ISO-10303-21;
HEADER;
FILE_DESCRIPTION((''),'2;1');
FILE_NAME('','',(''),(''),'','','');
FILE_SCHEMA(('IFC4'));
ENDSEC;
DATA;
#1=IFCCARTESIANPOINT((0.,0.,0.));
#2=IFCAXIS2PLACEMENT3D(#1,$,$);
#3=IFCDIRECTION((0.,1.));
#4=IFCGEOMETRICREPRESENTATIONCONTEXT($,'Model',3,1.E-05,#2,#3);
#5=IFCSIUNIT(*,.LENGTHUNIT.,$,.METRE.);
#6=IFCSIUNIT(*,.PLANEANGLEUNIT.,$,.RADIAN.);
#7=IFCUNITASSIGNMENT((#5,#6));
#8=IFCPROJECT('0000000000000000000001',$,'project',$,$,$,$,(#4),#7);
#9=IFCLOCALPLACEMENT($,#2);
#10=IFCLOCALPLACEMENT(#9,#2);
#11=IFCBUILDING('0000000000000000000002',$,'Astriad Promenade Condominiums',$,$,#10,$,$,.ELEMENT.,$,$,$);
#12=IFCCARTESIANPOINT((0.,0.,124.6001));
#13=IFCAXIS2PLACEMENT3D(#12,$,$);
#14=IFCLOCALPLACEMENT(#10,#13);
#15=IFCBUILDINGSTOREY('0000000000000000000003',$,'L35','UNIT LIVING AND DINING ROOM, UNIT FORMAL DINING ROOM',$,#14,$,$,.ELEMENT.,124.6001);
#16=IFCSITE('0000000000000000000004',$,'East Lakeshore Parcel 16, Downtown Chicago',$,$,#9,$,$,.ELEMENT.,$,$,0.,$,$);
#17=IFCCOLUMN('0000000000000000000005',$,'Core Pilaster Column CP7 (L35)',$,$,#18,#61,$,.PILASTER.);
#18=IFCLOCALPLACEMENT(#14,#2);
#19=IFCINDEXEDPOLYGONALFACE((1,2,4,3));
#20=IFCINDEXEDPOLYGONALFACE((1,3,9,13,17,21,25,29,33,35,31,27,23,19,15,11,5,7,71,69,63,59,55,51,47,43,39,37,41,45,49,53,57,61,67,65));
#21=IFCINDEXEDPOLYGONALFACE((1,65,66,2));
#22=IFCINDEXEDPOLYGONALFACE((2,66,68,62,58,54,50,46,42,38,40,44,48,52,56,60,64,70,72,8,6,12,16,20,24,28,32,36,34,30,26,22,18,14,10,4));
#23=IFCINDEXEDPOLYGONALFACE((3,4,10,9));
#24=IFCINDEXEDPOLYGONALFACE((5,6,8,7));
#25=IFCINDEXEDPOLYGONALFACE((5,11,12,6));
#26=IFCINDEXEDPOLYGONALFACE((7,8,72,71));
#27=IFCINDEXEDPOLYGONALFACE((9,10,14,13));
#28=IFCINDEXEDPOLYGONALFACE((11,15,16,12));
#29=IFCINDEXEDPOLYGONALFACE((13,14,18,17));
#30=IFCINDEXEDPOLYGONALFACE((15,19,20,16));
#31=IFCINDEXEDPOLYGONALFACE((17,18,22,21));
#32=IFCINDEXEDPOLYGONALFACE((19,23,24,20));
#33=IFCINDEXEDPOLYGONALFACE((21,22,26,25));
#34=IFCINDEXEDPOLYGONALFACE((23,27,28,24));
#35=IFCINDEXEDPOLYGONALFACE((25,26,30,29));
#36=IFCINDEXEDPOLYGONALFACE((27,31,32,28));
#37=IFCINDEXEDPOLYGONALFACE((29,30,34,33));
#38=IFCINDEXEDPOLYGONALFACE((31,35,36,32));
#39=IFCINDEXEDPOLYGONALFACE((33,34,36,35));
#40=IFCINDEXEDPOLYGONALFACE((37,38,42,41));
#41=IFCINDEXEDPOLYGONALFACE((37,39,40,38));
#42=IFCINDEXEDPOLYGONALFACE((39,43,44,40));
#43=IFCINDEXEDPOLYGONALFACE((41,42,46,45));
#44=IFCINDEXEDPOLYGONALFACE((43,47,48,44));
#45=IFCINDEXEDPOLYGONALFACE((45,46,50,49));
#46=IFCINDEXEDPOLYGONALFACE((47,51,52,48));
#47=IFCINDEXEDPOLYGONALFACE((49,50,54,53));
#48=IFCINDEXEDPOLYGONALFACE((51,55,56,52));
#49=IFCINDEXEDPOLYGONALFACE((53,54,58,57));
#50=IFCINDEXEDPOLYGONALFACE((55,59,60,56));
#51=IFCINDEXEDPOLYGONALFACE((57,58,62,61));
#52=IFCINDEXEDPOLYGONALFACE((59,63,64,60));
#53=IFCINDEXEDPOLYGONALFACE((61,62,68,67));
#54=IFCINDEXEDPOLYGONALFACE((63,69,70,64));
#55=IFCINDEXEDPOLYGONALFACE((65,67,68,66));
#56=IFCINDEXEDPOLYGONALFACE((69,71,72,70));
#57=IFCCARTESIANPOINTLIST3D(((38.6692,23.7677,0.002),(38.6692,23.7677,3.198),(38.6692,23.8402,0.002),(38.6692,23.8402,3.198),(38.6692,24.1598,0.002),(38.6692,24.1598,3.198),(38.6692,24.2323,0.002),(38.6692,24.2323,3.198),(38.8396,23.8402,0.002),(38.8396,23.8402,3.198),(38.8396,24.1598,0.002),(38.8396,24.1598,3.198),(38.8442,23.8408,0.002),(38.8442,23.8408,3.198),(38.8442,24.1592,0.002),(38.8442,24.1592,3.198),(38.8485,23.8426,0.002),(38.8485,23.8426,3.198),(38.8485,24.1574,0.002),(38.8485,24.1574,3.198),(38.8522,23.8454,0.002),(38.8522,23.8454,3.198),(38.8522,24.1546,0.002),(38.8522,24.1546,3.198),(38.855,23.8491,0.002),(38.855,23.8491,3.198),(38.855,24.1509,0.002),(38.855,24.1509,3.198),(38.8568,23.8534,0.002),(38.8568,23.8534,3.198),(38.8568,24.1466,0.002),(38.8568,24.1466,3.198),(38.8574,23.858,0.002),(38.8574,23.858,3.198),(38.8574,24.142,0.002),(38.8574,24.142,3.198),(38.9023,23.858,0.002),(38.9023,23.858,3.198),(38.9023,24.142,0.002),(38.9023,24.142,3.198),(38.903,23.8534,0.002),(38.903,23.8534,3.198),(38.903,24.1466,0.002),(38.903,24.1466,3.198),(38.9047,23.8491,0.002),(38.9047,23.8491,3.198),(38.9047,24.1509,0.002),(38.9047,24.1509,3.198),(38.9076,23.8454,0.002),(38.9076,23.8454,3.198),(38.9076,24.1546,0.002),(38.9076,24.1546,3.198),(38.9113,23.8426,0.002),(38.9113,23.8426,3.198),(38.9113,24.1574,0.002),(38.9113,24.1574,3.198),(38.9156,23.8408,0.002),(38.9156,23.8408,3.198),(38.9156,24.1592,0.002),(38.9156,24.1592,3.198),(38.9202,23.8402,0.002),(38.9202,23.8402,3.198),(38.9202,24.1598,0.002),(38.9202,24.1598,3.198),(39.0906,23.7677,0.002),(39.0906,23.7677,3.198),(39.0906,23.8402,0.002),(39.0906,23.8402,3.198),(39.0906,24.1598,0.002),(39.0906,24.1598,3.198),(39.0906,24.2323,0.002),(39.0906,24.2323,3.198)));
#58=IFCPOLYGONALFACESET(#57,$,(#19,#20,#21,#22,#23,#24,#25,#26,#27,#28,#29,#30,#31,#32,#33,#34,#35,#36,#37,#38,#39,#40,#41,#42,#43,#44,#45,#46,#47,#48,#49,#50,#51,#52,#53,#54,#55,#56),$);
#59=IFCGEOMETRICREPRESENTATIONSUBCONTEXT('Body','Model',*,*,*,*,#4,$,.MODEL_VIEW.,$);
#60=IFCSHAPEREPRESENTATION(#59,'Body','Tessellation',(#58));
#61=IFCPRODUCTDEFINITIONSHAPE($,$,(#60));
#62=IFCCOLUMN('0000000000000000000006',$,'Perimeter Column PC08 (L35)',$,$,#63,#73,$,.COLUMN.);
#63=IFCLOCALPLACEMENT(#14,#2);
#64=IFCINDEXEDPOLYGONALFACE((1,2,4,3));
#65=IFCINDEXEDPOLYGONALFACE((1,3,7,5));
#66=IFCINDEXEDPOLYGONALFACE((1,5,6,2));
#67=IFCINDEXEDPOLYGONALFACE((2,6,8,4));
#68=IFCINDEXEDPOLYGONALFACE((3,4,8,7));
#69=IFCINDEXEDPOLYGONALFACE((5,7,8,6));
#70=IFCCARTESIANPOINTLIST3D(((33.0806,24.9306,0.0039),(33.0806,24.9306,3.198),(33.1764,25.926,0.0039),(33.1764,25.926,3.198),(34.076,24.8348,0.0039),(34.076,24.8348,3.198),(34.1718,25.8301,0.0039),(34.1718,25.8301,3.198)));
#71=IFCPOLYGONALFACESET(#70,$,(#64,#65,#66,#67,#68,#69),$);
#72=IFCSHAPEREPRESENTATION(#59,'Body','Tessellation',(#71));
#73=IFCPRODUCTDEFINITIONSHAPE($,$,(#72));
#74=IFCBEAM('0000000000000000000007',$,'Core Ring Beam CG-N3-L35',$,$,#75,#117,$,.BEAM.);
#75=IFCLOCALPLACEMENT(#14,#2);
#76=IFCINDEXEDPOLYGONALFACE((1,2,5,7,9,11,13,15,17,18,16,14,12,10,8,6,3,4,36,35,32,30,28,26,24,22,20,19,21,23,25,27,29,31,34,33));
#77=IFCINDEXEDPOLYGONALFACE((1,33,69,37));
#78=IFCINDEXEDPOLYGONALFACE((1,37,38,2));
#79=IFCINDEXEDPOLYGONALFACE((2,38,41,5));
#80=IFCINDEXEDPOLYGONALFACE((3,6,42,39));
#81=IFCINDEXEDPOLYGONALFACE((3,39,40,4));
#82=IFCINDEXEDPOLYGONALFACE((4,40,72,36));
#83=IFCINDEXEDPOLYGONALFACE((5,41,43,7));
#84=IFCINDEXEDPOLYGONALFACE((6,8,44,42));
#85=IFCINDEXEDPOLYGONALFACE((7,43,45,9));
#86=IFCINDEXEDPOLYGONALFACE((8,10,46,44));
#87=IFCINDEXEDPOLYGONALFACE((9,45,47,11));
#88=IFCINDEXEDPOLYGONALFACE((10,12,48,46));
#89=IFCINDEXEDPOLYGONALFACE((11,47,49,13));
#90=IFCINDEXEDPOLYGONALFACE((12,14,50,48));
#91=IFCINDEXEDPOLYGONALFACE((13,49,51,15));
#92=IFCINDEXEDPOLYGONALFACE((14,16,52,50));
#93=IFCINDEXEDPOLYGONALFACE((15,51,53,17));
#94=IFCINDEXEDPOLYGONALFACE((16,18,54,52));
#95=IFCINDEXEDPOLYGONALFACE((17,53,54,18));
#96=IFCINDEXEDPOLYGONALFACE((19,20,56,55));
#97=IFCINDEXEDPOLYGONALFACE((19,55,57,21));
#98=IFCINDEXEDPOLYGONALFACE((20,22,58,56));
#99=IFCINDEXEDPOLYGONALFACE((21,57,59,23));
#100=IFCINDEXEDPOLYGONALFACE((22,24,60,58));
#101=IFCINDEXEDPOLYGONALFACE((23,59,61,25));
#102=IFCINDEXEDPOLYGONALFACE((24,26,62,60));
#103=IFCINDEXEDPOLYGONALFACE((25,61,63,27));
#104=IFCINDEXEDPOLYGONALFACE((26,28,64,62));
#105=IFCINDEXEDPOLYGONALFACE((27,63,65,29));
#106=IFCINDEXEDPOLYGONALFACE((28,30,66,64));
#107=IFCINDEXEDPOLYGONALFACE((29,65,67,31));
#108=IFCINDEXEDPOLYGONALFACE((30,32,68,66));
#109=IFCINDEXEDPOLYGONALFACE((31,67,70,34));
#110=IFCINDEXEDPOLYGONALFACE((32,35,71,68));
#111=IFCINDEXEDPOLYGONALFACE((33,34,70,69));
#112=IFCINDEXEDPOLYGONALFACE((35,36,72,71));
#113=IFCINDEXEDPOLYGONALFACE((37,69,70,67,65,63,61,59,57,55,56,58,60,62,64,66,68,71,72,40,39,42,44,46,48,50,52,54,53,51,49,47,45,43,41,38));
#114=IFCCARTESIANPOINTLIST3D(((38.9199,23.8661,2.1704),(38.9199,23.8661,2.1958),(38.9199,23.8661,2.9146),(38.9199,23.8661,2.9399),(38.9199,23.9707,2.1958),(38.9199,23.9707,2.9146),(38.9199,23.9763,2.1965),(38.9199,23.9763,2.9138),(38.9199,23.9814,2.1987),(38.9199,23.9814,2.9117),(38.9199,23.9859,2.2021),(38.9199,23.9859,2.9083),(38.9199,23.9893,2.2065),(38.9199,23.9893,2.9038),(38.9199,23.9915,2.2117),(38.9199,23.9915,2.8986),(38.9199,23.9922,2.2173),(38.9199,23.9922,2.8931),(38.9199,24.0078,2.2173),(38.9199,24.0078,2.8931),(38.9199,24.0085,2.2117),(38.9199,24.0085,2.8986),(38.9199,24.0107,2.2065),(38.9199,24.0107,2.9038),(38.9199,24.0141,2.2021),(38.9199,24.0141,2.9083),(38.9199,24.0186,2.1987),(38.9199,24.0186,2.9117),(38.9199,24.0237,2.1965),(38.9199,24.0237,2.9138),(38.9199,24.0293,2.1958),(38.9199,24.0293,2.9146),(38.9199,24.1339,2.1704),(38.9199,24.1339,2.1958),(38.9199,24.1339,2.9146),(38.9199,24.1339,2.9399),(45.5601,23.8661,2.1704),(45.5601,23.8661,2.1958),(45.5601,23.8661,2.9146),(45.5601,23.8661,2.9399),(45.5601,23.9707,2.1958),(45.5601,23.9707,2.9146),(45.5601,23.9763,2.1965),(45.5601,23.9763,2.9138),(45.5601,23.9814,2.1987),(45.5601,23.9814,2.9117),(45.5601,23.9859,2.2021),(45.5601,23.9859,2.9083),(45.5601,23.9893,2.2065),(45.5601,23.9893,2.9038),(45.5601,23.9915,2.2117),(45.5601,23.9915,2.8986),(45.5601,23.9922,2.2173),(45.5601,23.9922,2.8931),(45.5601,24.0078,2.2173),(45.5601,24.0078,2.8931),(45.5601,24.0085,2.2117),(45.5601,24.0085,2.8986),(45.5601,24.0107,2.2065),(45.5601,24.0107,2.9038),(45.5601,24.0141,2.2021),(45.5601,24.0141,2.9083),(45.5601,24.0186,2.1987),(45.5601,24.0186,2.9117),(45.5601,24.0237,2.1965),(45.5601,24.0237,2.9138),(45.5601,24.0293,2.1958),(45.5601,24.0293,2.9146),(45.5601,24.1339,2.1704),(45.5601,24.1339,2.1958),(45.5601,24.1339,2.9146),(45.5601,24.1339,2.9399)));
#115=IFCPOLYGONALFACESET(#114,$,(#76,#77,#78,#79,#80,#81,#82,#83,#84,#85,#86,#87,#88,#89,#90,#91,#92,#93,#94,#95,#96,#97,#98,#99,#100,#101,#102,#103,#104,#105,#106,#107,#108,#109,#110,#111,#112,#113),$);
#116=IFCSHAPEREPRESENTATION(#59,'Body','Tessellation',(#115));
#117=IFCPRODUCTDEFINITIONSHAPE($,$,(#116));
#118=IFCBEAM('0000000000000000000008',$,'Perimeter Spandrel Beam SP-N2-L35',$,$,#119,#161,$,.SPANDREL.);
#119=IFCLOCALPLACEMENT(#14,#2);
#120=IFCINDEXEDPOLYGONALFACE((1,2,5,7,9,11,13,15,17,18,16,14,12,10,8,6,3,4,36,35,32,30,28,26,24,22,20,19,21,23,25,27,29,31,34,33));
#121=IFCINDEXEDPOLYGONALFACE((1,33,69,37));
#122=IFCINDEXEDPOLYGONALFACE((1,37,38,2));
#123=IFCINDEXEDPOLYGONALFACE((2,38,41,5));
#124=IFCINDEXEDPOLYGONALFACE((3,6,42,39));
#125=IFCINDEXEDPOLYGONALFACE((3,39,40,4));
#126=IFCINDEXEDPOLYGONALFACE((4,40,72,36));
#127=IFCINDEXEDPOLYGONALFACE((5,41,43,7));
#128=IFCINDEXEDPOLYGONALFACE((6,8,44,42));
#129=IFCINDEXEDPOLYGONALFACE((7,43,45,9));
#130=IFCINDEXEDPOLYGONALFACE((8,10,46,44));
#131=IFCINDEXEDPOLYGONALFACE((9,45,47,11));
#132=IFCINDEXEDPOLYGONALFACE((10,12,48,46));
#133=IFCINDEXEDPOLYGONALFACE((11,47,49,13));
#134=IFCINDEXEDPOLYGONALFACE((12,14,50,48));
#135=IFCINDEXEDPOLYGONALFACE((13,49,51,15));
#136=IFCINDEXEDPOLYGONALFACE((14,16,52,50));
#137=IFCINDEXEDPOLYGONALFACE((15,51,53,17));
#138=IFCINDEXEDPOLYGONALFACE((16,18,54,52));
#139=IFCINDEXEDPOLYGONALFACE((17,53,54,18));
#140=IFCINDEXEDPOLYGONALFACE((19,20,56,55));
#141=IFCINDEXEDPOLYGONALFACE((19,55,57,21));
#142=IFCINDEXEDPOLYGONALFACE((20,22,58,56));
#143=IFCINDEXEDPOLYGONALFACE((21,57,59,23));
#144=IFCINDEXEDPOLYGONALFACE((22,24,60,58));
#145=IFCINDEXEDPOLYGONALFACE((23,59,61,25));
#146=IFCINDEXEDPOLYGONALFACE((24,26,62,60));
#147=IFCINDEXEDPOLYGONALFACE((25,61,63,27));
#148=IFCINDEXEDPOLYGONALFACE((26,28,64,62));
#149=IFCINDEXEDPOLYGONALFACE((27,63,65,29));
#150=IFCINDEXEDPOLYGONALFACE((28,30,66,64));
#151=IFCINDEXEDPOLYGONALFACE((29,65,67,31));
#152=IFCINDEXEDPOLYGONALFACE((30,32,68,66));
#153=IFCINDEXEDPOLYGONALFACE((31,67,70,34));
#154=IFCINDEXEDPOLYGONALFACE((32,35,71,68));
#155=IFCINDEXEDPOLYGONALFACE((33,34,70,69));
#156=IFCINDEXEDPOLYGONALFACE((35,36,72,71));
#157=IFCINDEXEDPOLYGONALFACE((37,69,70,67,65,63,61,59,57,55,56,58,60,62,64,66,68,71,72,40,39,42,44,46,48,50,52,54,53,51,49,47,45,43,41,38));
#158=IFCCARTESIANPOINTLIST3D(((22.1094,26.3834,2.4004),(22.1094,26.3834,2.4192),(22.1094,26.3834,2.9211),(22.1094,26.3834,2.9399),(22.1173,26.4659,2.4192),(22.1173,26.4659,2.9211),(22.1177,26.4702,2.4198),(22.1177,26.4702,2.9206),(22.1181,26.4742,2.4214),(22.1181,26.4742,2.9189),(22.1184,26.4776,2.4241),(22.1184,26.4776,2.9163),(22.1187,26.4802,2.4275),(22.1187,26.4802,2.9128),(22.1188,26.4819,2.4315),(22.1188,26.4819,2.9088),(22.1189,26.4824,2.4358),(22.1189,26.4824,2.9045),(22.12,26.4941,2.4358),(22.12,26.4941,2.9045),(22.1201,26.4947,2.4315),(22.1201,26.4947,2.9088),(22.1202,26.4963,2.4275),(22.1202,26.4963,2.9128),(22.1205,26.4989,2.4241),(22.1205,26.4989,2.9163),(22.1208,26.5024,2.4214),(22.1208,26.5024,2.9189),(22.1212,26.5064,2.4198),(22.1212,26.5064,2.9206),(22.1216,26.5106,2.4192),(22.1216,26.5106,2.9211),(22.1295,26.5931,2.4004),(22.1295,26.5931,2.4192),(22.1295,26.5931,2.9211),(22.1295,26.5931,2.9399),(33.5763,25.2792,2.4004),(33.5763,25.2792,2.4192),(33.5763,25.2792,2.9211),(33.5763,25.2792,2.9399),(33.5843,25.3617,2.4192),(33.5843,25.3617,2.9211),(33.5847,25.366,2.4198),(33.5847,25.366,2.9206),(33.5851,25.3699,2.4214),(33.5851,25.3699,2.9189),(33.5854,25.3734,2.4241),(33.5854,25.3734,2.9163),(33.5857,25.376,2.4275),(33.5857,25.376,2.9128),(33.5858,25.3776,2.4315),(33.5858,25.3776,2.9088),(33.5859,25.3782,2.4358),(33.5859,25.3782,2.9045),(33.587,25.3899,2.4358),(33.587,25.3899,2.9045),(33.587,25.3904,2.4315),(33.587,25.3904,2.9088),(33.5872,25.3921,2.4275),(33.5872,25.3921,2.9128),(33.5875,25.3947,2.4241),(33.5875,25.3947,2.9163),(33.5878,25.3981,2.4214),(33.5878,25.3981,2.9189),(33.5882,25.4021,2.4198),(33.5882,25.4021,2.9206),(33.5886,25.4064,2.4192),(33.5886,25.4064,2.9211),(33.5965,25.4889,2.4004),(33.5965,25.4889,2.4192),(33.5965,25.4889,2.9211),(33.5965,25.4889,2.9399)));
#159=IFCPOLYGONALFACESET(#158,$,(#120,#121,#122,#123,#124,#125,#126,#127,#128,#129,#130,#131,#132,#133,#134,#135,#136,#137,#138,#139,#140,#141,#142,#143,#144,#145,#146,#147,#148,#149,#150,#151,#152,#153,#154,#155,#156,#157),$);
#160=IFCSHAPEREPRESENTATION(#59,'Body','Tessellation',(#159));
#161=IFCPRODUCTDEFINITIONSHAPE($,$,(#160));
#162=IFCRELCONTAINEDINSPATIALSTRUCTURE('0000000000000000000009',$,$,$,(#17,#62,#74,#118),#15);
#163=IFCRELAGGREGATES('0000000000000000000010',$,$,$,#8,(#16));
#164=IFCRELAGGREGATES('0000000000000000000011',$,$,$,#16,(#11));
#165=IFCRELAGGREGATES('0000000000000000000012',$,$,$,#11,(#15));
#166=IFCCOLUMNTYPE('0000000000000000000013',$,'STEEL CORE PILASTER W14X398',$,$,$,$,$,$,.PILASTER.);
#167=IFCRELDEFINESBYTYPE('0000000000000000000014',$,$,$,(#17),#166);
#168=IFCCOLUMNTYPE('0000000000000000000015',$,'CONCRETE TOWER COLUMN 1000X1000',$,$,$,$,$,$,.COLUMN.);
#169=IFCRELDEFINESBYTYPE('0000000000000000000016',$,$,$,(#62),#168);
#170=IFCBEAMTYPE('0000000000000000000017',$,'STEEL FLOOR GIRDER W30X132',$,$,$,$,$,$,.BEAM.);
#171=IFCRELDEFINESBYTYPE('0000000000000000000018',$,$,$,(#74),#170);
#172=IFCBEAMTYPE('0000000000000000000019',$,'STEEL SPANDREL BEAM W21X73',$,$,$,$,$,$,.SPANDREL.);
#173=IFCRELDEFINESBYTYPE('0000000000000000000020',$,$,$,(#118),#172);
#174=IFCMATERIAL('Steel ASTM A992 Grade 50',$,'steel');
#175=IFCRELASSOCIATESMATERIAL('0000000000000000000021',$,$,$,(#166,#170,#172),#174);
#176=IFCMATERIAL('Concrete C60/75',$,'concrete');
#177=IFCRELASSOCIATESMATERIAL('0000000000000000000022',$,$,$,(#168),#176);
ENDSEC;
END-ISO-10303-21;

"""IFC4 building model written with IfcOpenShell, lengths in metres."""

from ifc_helpers import new_model, si_unit, direction, frame, origin, origin_2d, place, context, subcontext, project, spatial, rectangle, i_section, extrude, source, transform, mapped, material, material_profile, profile_set, type_object, type_shapes, element, save


model = new_model("IFC4")

# Units and contexts
model_context = context("Model", 3, precision=1e-05, world=origin(), true_north=direction((0.0, 1.0)))
body_context = subcontext(model_context, "Body", "Model", "MODEL_VIEW")
ifc_project = project(units=[si_unit("LENGTHUNIT", "METRE"), si_unit("PLANEANGLEUNIT", "RADIAN")], contexts=[model_context])

# Site, building, storey
site_placement = place(None, origin())
site = spatial("IfcSite", under=ifc_project, at=site_placement, Name="East Lakeshore Parcel 16, Downtown Chicago", CompositionType="ELEMENT", RefElevation=0.0)
building_placement = place(site_placement, origin())
building = spatial("IfcBuilding", under=site, at=building_placement, Name="Astriad Promenade Condominiums", CompositionType="ELEMENT")
storey_placement = place(building_placement, frame((0.0, 0.0, 124.6001)))
storey = spatial("IfcBuildingStorey", under=building, at=storey_placement, Name="L35", Description="UNIT LIVING AND DINING ROOM, UNIT FORMAL DINING ROOM", CompositionType="ELEMENT", Elevation=124.6001)

# Columns
ifc_material_1 = material(Name="Steel ASTM A992 Grade 50", Category="steel")
ifc_material_profile_1 = material_profile(ifc_material_1, i_section(OverallWidth=0.4214, OverallDepth=0.4646, WebThickness=0.0449, FlangeThickness=0.0725, FilletRadius=0.0178, at=origin_2d()), Name="W14X398")
ifc_profile_set_1 = profile_set([ifc_material_profile_1], Name="Steel ASTM A992 Grade 50")
column_type_1 = type_object("IfcColumnType", Name="STEEL CORE PILASTER W14X398", PredefinedType="PILASTER", material=ifc_profile_set_1)
shared_shape_1 = source(origin(), body_context, "Body", "SweptSolid", [
    extrude(i_section(OverallWidth=0.4214, OverallDepth=0.4646, WebThickness=0.0449, FlangeThickness=0.0725, FilletRadius=0.0178, at=origin_2d()), origin(), (0.0, 0.0, 1.0), 3.196),
])
type_shapes(column_type_1, [shared_shape_1])
column_1_placement = place(storey_placement, frame((38.8799, 24.0, 0.002), z_axis=(0.0, 0.0, 1.0), x_axis=(1.0, 0.0, 0.0)))
element("IfcColumn", 1, at=column_1_placement, inside=storey, type_object=column_type_1, Name="Core Pilaster Column CP7 (L35)", PredefinedType="PILASTER", context=body_context, shape_type="MappedRepresentation", body=[
    mapped(shared_shape_1, transform((0.0, 0.0, 0.0), scale=1.0)),
])
ifc_material_2 = material(Name="Concrete C60/75", Category="concrete")
ifc_material_profile_2 = material_profile(ifc_material_2, rectangle(XDim=1.0, YDim=1.0, at=origin_2d()), Name="RC-COL-1000X1000")
ifc_profile_set_2 = profile_set([ifc_material_profile_2], Name="Concrete C60/75")
column_type_2 = type_object("IfcColumnType", Name="CONCRETE TOWER COLUMN 1000X1000", PredefinedType="COLUMN", material=ifc_profile_set_2)
shared_shape_2 = source(origin(), body_context, "Body", "SweptSolid", [
    extrude(rectangle(XDim=1.0, YDim=1.0, at=origin_2d()), origin(), (0.0, 0.0, 1.0), 3.1941),
])
type_shapes(column_type_2, [shared_shape_2])
column_2_placement = place(storey_placement, frame((33.6262, 25.3804, 0.0039), z_axis=(0.0, 0.0, 1.0), x_axis=(0.995396, -0.095846, 0.0)))
element("IfcColumn", 2, at=column_2_placement, inside=storey, type_object=column_type_2, Name="Perimeter Column PC08 (L35)", PredefinedType="COLUMN", context=body_context, shape_type="MappedRepresentation", body=[
    mapped(shared_shape_2, transform((0.0, 0.0, 0.0), scale=1.0)),
])

# Beams
ifc_material_profile_3 = material_profile(ifc_material_1, i_section(OverallWidth=0.2678, OverallDepth=0.7695, WebThickness=0.0156, FlangeThickness=0.0254, FilletRadius=0.0215, at=origin_2d()), Name="W30X132")
ifc_profile_set_3 = profile_set([ifc_material_profile_3], Name="Steel ASTM A992 Grade 50")
beam_type_1 = type_object("IfcBeamType", Name="STEEL FLOOR GIRDER W30X132", PredefinedType="BEAM", material=ifc_profile_set_3)
shared_shape_3 = source(origin(), body_context, "Body", "SweptSolid", [
    extrude(i_section(OverallWidth=0.2678, OverallDepth=0.7695, WebThickness=0.0156, FlangeThickness=0.0254, FilletRadius=0.0215, at=origin_2d()), origin(), (0.0, 0.0, 1.0), 6.6401),
])
type_shapes(beam_type_1, [shared_shape_3])
beam_1_placement = place(storey_placement, frame((38.9199, 24.0, 2.5552), z_axis=(1.0, 0.0, 0.0), x_axis=(0.0, 1.0, 0.0)))
element("IfcBeam", 3, at=beam_1_placement, inside=storey, type_object=beam_type_1, Name="Core Ring Beam CG-N3-L35", PredefinedType="BEAM", context=body_context, shape_type="MappedRepresentation", body=[
    mapped(shared_shape_3, transform((0.0, 0.0, 0.0), scale=1.0)),
])
ifc_material_profile_4 = material_profile(ifc_material_1, i_section(OverallWidth=0.2107, OverallDepth=0.5396, WebThickness=0.0117, FlangeThickness=0.0188, FilletRadius=0.0166, at=origin_2d()), Name="W21X73")
ifc_profile_set_4 = profile_set([ifc_material_profile_4], Name="Steel ASTM A992 Grade 50")
beam_type_2 = type_object("IfcBeamType", Name="STEEL SPANDREL BEAM W21X73", PredefinedType="SPANDREL", material=ifc_profile_set_4)
shared_shape_4 = source(origin(), body_context, "Body", "SweptSolid", [
    extrude(i_section(OverallWidth=0.2107, OverallDepth=0.5396, WebThickness=0.0117, FlangeThickness=0.0188, FilletRadius=0.0166, at=origin_2d()), origin(), (0.0, 0.0, 1.0), 11.52),
])
type_shapes(beam_type_2, [shared_shape_4])
beam_2_placement = place(storey_placement, frame((33.5864, 25.384, 2.6702), z_axis=(-0.995395, 0.095854, 0.0), x_axis=(-0.095854, -0.995395, 0.0)))
element("IfcBeam", 4, at=beam_2_placement, inside=storey, type_object=beam_type_2, Name="Perimeter Spandrel Beam SP-N2-L35", PredefinedType="SPANDREL", context=body_context, shape_type="MappedRepresentation", body=[
    mapped(shared_shape_4, transform((0.0, 0.0, 0.0), scale=1.0)),
])

save(model, "model.ifc")
